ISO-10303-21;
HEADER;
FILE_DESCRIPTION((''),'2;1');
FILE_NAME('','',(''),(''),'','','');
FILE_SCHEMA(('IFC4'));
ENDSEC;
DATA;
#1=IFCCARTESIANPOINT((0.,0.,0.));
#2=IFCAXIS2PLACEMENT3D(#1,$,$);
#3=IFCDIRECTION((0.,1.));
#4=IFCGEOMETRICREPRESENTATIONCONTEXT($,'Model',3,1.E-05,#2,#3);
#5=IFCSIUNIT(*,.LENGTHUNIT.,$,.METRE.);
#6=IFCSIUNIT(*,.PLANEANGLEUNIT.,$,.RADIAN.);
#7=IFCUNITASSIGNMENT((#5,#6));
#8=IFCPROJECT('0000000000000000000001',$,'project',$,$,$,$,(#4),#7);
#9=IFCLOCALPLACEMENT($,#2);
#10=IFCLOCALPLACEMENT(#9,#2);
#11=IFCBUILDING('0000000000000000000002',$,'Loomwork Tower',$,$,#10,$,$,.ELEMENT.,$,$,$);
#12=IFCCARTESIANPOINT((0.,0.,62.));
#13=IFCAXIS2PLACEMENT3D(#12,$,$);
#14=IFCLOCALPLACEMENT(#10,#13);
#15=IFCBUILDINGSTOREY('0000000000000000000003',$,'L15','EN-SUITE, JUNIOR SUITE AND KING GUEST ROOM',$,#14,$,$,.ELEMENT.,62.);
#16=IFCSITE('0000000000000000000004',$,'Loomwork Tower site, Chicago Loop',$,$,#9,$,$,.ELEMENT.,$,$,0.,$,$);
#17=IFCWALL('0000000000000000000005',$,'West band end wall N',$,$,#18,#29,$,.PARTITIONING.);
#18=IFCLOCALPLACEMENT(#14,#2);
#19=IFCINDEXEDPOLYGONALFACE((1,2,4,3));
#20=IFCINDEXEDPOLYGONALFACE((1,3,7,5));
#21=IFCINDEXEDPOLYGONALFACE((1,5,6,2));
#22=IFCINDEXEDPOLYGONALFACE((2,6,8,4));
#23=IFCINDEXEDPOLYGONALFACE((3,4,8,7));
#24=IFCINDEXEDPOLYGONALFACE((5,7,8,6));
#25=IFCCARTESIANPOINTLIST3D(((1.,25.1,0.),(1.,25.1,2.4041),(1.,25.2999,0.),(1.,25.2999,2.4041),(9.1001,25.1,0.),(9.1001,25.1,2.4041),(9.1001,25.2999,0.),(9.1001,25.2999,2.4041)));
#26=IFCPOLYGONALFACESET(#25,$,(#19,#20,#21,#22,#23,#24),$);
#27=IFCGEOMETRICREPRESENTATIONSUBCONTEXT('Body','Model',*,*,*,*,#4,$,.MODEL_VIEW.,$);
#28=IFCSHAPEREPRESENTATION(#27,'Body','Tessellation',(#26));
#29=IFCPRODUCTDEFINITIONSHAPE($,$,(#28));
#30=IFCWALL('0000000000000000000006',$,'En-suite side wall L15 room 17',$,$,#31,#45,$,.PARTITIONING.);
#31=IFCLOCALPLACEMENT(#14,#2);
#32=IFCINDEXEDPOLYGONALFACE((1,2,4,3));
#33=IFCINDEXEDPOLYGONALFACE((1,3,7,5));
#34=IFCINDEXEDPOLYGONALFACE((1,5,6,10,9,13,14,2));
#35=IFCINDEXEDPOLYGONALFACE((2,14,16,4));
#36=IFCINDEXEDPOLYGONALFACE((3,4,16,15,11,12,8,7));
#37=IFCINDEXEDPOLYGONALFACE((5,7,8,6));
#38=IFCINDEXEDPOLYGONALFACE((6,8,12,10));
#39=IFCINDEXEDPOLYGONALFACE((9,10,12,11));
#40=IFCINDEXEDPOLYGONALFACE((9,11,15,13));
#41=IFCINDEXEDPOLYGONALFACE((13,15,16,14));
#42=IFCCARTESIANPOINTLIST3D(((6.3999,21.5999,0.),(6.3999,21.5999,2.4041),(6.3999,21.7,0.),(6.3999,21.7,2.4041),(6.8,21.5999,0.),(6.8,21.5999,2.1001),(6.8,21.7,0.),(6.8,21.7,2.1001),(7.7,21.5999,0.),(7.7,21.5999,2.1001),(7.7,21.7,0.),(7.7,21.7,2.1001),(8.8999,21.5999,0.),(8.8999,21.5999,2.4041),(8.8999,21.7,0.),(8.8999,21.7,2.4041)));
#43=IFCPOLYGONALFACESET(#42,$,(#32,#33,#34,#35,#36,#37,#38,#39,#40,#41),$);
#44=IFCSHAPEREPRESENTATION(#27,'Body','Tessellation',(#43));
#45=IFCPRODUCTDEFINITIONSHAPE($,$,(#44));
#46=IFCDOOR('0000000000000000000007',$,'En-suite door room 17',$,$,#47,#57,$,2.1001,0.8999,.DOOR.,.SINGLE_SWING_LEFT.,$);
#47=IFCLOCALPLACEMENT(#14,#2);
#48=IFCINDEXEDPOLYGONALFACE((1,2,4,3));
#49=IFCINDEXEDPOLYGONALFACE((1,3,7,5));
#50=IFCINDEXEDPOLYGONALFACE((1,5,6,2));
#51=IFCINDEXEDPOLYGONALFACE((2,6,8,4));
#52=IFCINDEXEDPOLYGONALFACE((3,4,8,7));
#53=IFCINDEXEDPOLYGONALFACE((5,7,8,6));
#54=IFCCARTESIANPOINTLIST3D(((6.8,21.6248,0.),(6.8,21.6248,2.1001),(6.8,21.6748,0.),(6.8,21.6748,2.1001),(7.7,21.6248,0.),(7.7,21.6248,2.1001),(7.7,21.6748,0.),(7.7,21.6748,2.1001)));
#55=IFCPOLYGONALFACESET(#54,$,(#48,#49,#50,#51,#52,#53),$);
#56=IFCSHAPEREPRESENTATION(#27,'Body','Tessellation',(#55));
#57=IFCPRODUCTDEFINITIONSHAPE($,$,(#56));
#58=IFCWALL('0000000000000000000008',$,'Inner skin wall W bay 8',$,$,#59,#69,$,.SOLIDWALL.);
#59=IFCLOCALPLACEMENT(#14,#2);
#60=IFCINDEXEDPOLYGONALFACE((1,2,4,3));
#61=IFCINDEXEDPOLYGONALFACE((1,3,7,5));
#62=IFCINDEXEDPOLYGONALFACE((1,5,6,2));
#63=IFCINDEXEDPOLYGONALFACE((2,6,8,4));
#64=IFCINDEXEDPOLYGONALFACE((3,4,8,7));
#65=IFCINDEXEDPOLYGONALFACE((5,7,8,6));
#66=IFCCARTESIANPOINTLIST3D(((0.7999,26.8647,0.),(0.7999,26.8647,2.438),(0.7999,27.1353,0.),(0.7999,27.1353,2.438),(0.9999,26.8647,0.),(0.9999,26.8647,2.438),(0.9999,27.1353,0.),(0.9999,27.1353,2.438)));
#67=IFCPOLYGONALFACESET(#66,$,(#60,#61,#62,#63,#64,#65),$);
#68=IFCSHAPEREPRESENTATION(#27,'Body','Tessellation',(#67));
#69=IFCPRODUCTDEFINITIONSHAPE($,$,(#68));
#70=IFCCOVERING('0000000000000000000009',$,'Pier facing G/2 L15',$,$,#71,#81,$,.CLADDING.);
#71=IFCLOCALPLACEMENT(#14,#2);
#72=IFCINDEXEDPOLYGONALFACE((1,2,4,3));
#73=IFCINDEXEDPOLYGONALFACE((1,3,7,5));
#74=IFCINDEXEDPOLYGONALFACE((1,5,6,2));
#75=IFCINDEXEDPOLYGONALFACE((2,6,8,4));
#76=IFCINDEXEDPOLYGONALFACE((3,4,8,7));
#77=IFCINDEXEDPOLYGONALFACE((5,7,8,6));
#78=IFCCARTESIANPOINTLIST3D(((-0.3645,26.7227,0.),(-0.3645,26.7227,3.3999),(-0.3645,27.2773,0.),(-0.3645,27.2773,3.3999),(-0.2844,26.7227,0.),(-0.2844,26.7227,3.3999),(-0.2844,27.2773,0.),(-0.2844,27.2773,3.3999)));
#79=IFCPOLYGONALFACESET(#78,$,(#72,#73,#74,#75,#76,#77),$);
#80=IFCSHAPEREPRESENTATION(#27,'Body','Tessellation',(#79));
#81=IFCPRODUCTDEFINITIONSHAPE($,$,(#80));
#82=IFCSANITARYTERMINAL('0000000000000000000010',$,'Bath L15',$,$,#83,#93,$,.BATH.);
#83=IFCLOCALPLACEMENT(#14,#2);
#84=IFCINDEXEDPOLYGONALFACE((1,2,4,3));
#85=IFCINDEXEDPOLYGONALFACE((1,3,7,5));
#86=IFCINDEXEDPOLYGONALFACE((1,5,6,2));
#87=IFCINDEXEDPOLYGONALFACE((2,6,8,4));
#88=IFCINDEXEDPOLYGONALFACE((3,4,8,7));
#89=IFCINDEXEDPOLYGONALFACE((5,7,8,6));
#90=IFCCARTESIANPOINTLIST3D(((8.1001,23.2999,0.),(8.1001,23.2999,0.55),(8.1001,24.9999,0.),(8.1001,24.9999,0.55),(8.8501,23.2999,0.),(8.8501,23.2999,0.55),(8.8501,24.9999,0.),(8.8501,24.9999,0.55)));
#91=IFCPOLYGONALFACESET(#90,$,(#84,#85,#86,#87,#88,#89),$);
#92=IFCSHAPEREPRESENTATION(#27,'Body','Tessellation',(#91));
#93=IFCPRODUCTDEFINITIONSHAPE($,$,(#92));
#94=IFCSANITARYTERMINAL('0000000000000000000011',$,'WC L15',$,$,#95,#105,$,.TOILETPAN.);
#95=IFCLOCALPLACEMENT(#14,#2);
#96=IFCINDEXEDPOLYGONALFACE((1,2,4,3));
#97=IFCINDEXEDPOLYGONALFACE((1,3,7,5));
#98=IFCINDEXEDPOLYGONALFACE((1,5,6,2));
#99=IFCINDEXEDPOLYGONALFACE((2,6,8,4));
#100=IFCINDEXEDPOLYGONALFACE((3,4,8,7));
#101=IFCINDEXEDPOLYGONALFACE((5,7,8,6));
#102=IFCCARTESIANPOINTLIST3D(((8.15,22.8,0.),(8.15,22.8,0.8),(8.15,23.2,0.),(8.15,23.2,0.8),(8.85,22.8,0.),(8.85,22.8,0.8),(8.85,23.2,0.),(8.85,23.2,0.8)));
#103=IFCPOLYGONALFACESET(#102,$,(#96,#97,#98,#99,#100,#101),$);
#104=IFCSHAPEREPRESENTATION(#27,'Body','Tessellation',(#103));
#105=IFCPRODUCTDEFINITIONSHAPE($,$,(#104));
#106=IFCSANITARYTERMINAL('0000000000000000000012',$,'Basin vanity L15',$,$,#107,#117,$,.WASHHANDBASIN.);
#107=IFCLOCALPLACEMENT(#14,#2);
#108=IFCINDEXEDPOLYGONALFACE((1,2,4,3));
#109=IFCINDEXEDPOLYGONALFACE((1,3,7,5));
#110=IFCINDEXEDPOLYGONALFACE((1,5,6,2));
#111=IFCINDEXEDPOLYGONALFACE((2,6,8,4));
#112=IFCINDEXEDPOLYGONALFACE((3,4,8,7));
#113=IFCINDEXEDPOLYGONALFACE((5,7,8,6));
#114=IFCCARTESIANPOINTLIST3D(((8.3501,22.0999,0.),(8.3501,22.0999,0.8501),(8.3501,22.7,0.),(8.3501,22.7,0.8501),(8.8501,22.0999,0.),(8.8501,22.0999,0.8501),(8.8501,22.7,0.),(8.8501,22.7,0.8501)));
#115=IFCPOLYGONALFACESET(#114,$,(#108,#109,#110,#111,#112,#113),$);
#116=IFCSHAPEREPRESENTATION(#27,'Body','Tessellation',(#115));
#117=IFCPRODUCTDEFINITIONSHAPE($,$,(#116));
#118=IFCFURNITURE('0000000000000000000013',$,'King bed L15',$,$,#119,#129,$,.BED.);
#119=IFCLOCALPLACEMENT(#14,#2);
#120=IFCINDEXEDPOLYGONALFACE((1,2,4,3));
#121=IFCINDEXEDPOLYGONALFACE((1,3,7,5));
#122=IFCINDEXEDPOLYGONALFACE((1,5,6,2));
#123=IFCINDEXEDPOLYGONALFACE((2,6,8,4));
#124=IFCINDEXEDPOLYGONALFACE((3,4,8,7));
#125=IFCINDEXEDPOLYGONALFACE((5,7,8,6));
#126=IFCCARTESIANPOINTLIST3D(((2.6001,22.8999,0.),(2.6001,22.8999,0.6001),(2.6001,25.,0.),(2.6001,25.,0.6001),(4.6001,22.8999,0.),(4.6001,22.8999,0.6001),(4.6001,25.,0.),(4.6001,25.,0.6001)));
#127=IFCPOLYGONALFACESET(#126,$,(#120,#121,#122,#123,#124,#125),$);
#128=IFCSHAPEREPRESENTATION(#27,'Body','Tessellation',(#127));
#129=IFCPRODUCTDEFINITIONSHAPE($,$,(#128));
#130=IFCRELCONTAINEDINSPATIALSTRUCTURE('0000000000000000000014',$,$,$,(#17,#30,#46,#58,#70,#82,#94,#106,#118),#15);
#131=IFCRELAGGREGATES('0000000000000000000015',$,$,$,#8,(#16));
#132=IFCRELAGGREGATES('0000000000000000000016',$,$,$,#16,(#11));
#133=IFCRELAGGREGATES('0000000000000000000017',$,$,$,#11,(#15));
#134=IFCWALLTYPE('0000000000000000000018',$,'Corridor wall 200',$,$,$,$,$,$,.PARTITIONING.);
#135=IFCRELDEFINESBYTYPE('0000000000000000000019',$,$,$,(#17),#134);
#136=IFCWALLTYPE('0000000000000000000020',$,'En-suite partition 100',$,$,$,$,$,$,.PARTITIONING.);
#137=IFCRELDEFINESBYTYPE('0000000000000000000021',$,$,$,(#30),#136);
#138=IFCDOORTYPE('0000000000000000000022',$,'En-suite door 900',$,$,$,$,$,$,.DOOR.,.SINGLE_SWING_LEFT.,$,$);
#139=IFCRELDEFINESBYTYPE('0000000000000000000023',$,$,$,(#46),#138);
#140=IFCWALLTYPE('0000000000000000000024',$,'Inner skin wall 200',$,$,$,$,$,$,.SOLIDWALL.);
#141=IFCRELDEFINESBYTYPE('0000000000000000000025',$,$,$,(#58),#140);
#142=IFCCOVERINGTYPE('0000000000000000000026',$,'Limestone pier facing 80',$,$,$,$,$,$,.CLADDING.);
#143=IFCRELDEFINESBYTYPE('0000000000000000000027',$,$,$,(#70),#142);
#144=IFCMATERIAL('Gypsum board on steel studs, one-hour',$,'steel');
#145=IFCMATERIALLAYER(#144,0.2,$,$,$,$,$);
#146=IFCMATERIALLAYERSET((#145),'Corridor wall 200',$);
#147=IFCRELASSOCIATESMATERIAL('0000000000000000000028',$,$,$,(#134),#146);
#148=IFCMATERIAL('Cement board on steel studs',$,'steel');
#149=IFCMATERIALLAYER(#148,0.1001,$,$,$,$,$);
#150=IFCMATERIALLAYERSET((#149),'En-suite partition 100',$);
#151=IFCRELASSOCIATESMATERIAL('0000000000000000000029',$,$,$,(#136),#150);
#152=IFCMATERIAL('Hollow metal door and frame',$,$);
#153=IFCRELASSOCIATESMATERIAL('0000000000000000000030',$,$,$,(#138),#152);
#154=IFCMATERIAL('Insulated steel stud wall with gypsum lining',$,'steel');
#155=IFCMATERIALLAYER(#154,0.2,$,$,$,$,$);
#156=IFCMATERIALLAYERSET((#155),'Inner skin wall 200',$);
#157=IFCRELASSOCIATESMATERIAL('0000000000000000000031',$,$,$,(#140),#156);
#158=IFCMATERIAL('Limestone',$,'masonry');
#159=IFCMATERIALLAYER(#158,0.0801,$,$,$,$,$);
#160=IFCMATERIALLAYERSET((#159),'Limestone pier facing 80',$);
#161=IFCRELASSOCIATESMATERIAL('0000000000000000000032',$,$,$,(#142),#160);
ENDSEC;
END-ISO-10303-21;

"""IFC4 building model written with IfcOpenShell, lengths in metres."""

from ifc_helpers import new_model, si_unit, direction, frame, frame_2d, origin, origin_2d, place, context, subcontext, project, spatial, rectangle, extrude, material, layer, layer_set, type_object, element, fill, save


model = new_model("IFC4")

# Units and contexts
model_context = context("Model", 3, precision=1e-05, world=origin(), true_north=direction((0.0, 1.0)))
body_context = subcontext(model_context, "Body", "Model", "MODEL_VIEW")
ifc_project = project(units=[si_unit("LENGTHUNIT", "METRE"), si_unit("PLANEANGLEUNIT", "RADIAN")], contexts=[model_context])

# Site, building, storey
site_placement = place(None, origin())
site = spatial("IfcSite", under=ifc_project, at=site_placement, Name="Loomwork Tower site, Chicago Loop", CompositionType="ELEMENT", RefElevation=0.0)
building_placement = place(site_placement, origin())
building = spatial("IfcBuilding", under=site, at=building_placement, Name="Loomwork Tower", CompositionType="ELEMENT")
storey_placement = place(building_placement, frame((0.0, 0.0, 62.0)))
storey = spatial("IfcBuildingStorey", under=building, at=storey_placement, Name="L15", Description="EN-SUITE, JUNIOR SUITE AND KING GUEST ROOM", CompositionType="ELEMENT", Elevation=62.0)

# Shared definitions
ifc_material_1 = material(Name="Gypsum board on steel studs, one-hour", Category="steel")
ifc_layer_1 = layer(ifc_material_1, 0.2)
ifc_layer_set_1 = layer_set([ifc_layer_1], Name="Corridor wall 200")
wall_type_1 = type_object("IfcWallType", Name="Corridor wall 200", PredefinedType="PARTITIONING", material=ifc_layer_set_1)

# Wall
wall_1_placement = place(storey_placement, frame((1.0, 25.2, 0.0), z_axis=(0.0, 0.0, 1.0), x_axis=(1.0, 0.0, 0.0)))
element("IfcWall", 1, at=wall_1_placement, inside=storey, type_object=wall_type_1, Name="West band end wall N", PredefinedType="PARTITIONING", context=body_context, shape_type="SweptSolid", body=[
    extrude(rectangle(XDim=8.1001, YDim=0.2, at=frame_2d((4.05, 0.0))), origin(), (0.0, 0.0, 1.0), 2.4041),
])

# Wall, opening, door
ifc_material_2 = material(Name="Cement board on steel studs", Category="steel")
ifc_layer_2 = layer(ifc_material_2, 0.1001)
ifc_layer_set_2 = layer_set([ifc_layer_2], Name="En-suite partition 100")
wall_type_2 = type_object("IfcWallType", Name="En-suite partition 100", PredefinedType="PARTITIONING", material=ifc_layer_set_2)
wall_2_placement = place(storey_placement, frame((8.8999, 21.6499, 0.0), z_axis=(0.0, 0.0, 1.0), x_axis=(-1.0, 0.0, 0.0)))
wall_2 = element("IfcWall", 2, at=wall_2_placement, inside=storey, type_object=wall_type_2, Name="En-suite side wall L15 room 17", PredefinedType="PARTITIONING", context=body_context, shape_type="SweptSolid", body=[
    extrude(rectangle(XDim=2.5, YDim=0.1001, at=frame_2d((1.25, 0.0))), origin(), (0.0, 0.0, 1.0), 2.4041),
])
opening_1_placement = place(wall_2_placement, frame((1.2, 0.0, 0.0)))
opening_1 = element("IfcOpeningElement", 3, at=opening_1_placement, cuts=wall_2, PredefinedType="OPENING", context=body_context, shape_type="SweptSolid", body=[
    extrude(rectangle(XDim=0.8999, YDim=2.1001, at=frame_2d((0.45, 1.05))), frame((0.0, 0.0601, 0.0), z_axis=(0.0, -1.0, 0.0), x_axis=(1.0, 0.0, 0.0)), (0.0, 0.0, 1.0), 0.1201),
])
ifc_material_3 = material(Name="Hollow metal door and frame")
door_type_1 = type_object("IfcDoorType", Name="En-suite door 900", OperationType="SINGLE_SWING_LEFT", PredefinedType="DOOR", material=ifc_material_3)
door_1_placement = place(opening_1_placement, frame((0.8999, 0.0, 0.0), z_axis=(0.0, 0.0, 1.0), x_axis=(-1.0, 0.0, 0.0)))
door_1 = element("IfcDoor", 4, at=door_1_placement, inside=storey, type_object=door_type_1, Name="En-suite door room 17", OperationType="SINGLE_SWING_LEFT", OverallHeight=2.1001, OverallWidth=0.8999, PredefinedType="DOOR", context=body_context, shape_type="SweptSolid", body=[
    extrude(rectangle(XDim=0.8999, YDim=2.1001, at=frame_2d((0.45, 1.05))), frame((0.0, 0.0249, 0.0), z_axis=(0.0, -1.0, 0.0), x_axis=(1.0, 0.0, 0.0)), (0.0, 0.0, 1.0), 0.05),
])
fill(opening_1, door_1)

# Wall
ifc_material_4 = material(Name="Insulated steel stud wall with gypsum lining", Category="steel")
ifc_layer_3 = layer(ifc_material_4, 0.2)
ifc_layer_set_3 = layer_set([ifc_layer_3], Name="Inner skin wall 200")
wall_type_3 = type_object("IfcWallType", Name="Inner skin wall 200", PredefinedType="SOLIDWALL", material=ifc_layer_set_3)
wall_3_placement = place(storey_placement, frame((0.8999, 26.8647, 0.0), z_axis=(0.0, 0.0, 1.0), x_axis=(0.0, 1.0, 0.0)))
element("IfcWall", 5, at=wall_3_placement, inside=storey, type_object=wall_type_3, Name="Inner skin wall W bay 8", PredefinedType="SOLIDWALL", context=body_context, shape_type="SweptSolid", body=[
    extrude(rectangle(XDim=0.2705, YDim=0.2, at=frame_2d((0.1353, 0.0))), origin(), (0.0, 0.0, 1.0), 2.438),
])

# Covering
ifc_material_5 = material(Name="Limestone", Category="masonry")
ifc_layer_4 = layer(ifc_material_5, 0.0801)
ifc_layer_set_4 = layer_set([ifc_layer_4], Name="Limestone pier facing 80")
covering_type = type_object("IfcCoveringType", Name="Limestone pier facing 80", PredefinedType="CLADDING", material=ifc_layer_set_4)
covering_placement = place(storey_placement, frame((-0.3245, 27.0, 0.0), z_axis=(0.0, 0.0, 1.0), x_axis=(1.0, 0.0, 0.0)))
element("IfcCovering", 6, at=covering_placement, inside=storey, type_object=covering_type, Name="Pier facing G/2 L15", PredefinedType="CLADDING", context=body_context, shape_type="SweptSolid", body=[
    extrude(rectangle(XDim=0.0801, YDim=0.5547, at=origin_2d()), origin(), (0.0, 0.0, 1.0), 3.3999),
])

# Sanitary terminals
sanitary_terminal_1_placement = place(storey_placement, frame((8.4751, 24.1499, 0.0), z_axis=(0.0, 0.0, 1.0), x_axis=(1.0, 0.0, 0.0)))
element("IfcSanitaryTerminal", 7, at=sanitary_terminal_1_placement, inside=storey, Name="Bath L15", PredefinedType="BATH", context=body_context, shape_type="SweptSolid", body=[
    extrude(rectangle(XDim=0.75, YDim=1.7, at=origin_2d()), origin(), (0.0, 0.0, 1.0), 0.55),
])
sanitary_terminal_2_placement = place(storey_placement, frame((8.5, 23.0, 0.0), z_axis=(0.0, 0.0, 1.0), x_axis=(1.0, 0.0, 0.0)))
element("IfcSanitaryTerminal", 8, at=sanitary_terminal_2_placement, inside=storey, Name="WC L15", PredefinedType="TOILETPAN", context=body_context, shape_type="SweptSolid", body=[
    extrude(rectangle(XDim=0.7, YDim=0.3999, at=origin_2d()), origin(), (0.0, 0.0, 1.0), 0.8),
])
sanitary_terminal_3_placement = place(storey_placement, frame((8.6001, 22.3999, 0.0), z_axis=(0.0, 0.0, 1.0), x_axis=(1.0, 0.0, 0.0)))
element("IfcSanitaryTerminal", 9, at=sanitary_terminal_3_placement, inside=storey, Name="Basin vanity L15", PredefinedType="WASHHANDBASIN", context=body_context, shape_type="SweptSolid", body=[
    extrude(rectangle(XDim=0.5, YDim=0.6001, at=origin_2d()), origin(), (0.0, 0.0, 1.0), 0.8501),
])

# Furniture
furniture_placement = place(storey_placement, frame((3.6001, 23.95, 0.0), z_axis=(0.0, 0.0, 1.0), x_axis=(1.0, 0.0, 0.0)))
element("IfcFurniture", 10, at=furniture_placement, inside=storey, Name="King bed L15", PredefinedType="BED", context=body_context, shape_type="SweptSolid", body=[
    extrude(rectangle(XDim=2.0, YDim=2.1001, at=origin_2d()), origin(), (0.0, 0.0, 1.0), 0.6001),
])

save(model, "model.ifc")
